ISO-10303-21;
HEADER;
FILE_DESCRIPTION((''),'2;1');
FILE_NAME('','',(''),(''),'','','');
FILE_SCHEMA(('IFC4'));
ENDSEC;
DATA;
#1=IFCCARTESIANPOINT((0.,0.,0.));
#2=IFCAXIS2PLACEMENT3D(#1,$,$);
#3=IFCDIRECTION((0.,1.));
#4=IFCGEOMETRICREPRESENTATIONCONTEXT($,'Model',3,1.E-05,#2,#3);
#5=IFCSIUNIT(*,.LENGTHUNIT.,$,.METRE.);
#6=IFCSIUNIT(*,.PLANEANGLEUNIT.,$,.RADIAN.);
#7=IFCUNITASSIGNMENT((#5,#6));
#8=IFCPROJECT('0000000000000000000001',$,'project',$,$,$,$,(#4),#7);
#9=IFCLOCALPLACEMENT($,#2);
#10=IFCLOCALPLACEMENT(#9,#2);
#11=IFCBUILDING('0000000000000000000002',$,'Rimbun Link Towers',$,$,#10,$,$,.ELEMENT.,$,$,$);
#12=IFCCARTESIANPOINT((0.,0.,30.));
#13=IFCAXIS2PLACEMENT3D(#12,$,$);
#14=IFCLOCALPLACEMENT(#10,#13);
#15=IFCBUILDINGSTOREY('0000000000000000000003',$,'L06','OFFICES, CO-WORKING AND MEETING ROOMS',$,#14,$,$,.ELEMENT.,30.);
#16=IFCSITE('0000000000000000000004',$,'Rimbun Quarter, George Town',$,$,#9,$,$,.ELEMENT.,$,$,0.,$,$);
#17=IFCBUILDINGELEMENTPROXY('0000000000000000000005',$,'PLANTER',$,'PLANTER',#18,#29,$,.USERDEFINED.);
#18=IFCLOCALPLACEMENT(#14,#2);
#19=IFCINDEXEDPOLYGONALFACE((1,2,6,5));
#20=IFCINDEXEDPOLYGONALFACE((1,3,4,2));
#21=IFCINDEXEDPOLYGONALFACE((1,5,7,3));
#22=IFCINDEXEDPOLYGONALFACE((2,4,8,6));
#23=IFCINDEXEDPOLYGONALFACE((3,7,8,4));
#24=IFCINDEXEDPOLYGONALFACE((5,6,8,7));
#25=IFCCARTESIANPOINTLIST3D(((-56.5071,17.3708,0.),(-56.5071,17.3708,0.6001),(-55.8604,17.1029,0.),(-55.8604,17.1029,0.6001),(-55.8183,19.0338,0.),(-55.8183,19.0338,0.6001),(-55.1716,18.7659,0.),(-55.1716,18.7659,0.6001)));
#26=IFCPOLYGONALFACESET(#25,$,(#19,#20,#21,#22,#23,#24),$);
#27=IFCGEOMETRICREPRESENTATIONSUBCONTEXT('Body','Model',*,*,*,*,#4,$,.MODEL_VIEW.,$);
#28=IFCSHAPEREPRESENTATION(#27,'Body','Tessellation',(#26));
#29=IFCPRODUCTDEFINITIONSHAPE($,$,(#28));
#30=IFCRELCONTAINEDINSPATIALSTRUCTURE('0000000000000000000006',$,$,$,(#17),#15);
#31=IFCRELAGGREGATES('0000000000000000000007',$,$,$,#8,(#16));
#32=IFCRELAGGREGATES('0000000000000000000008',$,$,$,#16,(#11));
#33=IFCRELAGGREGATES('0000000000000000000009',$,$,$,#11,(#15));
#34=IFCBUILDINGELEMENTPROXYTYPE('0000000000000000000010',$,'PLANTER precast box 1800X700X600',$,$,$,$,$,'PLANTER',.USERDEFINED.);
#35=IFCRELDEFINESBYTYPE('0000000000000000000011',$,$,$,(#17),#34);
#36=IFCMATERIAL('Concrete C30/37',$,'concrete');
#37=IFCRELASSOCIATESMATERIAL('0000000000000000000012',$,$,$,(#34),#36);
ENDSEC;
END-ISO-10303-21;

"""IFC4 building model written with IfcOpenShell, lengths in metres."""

from ifc_helpers import new_model, si_unit, direction, frame, origin, origin_2d, place, context, subcontext, project, spatial, rectangle, extrude, material, type_object, element, save


model = new_model("IFC4")

# Units and contexts
model_context = context("Model", 3, precision=1e-05, world=origin(), true_north=direction((0.0, 1.0)))
body_context = subcontext(model_context, "Body", "Model", "MODEL_VIEW")
ifc_project = project(units=[si_unit("LENGTHUNIT", "METRE"), si_unit("PLANEANGLEUNIT", "RADIAN")], contexts=[model_context])

# Site, building, storey
site_placement = place(None, origin())
site = spatial("IfcSite", under=ifc_project, at=site_placement, Name="Rimbun Quarter, George Town", CompositionType="ELEMENT", RefElevation=0.0)
building_placement = place(site_placement, origin())
building = spatial("IfcBuilding", under=site, at=building_placement, Name="Rimbun Link Towers", CompositionType="ELEMENT")
storey_placement = place(building_placement, frame((0.0, 0.0, 30.0)))
storey = spatial("IfcBuildingStorey", under=building, at=storey_placement, Name="L06", Description="OFFICES, CO-WORKING AND MEETING ROOMS", CompositionType="ELEMENT", Elevation=30.0)

# Building element proxy
ifc_material_1 = material(Name="Concrete C30/37", Category="concrete")
building_element_proxy_type = type_object("IfcBuildingElementProxyType", Name="PLANTER precast box 1800X700X600", ElementType="PLANTER", PredefinedType="USERDEFINED", material=ifc_material_1)
for number, where, z_axis, x_axis, name in (
    (1, (-55.8394, 18.0684, 0.0), (0.0, 0.0, 1.0), (-0.382679, -0.923881, 0.0), "PLANTER"),
):
    element("IfcBuildingElementProxy", number, at=place(storey_placement, frame(where, z_axis=z_axis, x_axis=x_axis)), inside=storey, type_object=building_element_proxy_type, Name=name, ObjectType="PLANTER", PredefinedType="USERDEFINED", context=body_context, shape_type="SweptSolid", body=[
        extrude(rectangle(XDim=1.8, YDim=0.7, at=origin_2d()), origin(), (0.0, 0.0, 1.0), 0.6001),
    ])

save(model, "model.ifc")
